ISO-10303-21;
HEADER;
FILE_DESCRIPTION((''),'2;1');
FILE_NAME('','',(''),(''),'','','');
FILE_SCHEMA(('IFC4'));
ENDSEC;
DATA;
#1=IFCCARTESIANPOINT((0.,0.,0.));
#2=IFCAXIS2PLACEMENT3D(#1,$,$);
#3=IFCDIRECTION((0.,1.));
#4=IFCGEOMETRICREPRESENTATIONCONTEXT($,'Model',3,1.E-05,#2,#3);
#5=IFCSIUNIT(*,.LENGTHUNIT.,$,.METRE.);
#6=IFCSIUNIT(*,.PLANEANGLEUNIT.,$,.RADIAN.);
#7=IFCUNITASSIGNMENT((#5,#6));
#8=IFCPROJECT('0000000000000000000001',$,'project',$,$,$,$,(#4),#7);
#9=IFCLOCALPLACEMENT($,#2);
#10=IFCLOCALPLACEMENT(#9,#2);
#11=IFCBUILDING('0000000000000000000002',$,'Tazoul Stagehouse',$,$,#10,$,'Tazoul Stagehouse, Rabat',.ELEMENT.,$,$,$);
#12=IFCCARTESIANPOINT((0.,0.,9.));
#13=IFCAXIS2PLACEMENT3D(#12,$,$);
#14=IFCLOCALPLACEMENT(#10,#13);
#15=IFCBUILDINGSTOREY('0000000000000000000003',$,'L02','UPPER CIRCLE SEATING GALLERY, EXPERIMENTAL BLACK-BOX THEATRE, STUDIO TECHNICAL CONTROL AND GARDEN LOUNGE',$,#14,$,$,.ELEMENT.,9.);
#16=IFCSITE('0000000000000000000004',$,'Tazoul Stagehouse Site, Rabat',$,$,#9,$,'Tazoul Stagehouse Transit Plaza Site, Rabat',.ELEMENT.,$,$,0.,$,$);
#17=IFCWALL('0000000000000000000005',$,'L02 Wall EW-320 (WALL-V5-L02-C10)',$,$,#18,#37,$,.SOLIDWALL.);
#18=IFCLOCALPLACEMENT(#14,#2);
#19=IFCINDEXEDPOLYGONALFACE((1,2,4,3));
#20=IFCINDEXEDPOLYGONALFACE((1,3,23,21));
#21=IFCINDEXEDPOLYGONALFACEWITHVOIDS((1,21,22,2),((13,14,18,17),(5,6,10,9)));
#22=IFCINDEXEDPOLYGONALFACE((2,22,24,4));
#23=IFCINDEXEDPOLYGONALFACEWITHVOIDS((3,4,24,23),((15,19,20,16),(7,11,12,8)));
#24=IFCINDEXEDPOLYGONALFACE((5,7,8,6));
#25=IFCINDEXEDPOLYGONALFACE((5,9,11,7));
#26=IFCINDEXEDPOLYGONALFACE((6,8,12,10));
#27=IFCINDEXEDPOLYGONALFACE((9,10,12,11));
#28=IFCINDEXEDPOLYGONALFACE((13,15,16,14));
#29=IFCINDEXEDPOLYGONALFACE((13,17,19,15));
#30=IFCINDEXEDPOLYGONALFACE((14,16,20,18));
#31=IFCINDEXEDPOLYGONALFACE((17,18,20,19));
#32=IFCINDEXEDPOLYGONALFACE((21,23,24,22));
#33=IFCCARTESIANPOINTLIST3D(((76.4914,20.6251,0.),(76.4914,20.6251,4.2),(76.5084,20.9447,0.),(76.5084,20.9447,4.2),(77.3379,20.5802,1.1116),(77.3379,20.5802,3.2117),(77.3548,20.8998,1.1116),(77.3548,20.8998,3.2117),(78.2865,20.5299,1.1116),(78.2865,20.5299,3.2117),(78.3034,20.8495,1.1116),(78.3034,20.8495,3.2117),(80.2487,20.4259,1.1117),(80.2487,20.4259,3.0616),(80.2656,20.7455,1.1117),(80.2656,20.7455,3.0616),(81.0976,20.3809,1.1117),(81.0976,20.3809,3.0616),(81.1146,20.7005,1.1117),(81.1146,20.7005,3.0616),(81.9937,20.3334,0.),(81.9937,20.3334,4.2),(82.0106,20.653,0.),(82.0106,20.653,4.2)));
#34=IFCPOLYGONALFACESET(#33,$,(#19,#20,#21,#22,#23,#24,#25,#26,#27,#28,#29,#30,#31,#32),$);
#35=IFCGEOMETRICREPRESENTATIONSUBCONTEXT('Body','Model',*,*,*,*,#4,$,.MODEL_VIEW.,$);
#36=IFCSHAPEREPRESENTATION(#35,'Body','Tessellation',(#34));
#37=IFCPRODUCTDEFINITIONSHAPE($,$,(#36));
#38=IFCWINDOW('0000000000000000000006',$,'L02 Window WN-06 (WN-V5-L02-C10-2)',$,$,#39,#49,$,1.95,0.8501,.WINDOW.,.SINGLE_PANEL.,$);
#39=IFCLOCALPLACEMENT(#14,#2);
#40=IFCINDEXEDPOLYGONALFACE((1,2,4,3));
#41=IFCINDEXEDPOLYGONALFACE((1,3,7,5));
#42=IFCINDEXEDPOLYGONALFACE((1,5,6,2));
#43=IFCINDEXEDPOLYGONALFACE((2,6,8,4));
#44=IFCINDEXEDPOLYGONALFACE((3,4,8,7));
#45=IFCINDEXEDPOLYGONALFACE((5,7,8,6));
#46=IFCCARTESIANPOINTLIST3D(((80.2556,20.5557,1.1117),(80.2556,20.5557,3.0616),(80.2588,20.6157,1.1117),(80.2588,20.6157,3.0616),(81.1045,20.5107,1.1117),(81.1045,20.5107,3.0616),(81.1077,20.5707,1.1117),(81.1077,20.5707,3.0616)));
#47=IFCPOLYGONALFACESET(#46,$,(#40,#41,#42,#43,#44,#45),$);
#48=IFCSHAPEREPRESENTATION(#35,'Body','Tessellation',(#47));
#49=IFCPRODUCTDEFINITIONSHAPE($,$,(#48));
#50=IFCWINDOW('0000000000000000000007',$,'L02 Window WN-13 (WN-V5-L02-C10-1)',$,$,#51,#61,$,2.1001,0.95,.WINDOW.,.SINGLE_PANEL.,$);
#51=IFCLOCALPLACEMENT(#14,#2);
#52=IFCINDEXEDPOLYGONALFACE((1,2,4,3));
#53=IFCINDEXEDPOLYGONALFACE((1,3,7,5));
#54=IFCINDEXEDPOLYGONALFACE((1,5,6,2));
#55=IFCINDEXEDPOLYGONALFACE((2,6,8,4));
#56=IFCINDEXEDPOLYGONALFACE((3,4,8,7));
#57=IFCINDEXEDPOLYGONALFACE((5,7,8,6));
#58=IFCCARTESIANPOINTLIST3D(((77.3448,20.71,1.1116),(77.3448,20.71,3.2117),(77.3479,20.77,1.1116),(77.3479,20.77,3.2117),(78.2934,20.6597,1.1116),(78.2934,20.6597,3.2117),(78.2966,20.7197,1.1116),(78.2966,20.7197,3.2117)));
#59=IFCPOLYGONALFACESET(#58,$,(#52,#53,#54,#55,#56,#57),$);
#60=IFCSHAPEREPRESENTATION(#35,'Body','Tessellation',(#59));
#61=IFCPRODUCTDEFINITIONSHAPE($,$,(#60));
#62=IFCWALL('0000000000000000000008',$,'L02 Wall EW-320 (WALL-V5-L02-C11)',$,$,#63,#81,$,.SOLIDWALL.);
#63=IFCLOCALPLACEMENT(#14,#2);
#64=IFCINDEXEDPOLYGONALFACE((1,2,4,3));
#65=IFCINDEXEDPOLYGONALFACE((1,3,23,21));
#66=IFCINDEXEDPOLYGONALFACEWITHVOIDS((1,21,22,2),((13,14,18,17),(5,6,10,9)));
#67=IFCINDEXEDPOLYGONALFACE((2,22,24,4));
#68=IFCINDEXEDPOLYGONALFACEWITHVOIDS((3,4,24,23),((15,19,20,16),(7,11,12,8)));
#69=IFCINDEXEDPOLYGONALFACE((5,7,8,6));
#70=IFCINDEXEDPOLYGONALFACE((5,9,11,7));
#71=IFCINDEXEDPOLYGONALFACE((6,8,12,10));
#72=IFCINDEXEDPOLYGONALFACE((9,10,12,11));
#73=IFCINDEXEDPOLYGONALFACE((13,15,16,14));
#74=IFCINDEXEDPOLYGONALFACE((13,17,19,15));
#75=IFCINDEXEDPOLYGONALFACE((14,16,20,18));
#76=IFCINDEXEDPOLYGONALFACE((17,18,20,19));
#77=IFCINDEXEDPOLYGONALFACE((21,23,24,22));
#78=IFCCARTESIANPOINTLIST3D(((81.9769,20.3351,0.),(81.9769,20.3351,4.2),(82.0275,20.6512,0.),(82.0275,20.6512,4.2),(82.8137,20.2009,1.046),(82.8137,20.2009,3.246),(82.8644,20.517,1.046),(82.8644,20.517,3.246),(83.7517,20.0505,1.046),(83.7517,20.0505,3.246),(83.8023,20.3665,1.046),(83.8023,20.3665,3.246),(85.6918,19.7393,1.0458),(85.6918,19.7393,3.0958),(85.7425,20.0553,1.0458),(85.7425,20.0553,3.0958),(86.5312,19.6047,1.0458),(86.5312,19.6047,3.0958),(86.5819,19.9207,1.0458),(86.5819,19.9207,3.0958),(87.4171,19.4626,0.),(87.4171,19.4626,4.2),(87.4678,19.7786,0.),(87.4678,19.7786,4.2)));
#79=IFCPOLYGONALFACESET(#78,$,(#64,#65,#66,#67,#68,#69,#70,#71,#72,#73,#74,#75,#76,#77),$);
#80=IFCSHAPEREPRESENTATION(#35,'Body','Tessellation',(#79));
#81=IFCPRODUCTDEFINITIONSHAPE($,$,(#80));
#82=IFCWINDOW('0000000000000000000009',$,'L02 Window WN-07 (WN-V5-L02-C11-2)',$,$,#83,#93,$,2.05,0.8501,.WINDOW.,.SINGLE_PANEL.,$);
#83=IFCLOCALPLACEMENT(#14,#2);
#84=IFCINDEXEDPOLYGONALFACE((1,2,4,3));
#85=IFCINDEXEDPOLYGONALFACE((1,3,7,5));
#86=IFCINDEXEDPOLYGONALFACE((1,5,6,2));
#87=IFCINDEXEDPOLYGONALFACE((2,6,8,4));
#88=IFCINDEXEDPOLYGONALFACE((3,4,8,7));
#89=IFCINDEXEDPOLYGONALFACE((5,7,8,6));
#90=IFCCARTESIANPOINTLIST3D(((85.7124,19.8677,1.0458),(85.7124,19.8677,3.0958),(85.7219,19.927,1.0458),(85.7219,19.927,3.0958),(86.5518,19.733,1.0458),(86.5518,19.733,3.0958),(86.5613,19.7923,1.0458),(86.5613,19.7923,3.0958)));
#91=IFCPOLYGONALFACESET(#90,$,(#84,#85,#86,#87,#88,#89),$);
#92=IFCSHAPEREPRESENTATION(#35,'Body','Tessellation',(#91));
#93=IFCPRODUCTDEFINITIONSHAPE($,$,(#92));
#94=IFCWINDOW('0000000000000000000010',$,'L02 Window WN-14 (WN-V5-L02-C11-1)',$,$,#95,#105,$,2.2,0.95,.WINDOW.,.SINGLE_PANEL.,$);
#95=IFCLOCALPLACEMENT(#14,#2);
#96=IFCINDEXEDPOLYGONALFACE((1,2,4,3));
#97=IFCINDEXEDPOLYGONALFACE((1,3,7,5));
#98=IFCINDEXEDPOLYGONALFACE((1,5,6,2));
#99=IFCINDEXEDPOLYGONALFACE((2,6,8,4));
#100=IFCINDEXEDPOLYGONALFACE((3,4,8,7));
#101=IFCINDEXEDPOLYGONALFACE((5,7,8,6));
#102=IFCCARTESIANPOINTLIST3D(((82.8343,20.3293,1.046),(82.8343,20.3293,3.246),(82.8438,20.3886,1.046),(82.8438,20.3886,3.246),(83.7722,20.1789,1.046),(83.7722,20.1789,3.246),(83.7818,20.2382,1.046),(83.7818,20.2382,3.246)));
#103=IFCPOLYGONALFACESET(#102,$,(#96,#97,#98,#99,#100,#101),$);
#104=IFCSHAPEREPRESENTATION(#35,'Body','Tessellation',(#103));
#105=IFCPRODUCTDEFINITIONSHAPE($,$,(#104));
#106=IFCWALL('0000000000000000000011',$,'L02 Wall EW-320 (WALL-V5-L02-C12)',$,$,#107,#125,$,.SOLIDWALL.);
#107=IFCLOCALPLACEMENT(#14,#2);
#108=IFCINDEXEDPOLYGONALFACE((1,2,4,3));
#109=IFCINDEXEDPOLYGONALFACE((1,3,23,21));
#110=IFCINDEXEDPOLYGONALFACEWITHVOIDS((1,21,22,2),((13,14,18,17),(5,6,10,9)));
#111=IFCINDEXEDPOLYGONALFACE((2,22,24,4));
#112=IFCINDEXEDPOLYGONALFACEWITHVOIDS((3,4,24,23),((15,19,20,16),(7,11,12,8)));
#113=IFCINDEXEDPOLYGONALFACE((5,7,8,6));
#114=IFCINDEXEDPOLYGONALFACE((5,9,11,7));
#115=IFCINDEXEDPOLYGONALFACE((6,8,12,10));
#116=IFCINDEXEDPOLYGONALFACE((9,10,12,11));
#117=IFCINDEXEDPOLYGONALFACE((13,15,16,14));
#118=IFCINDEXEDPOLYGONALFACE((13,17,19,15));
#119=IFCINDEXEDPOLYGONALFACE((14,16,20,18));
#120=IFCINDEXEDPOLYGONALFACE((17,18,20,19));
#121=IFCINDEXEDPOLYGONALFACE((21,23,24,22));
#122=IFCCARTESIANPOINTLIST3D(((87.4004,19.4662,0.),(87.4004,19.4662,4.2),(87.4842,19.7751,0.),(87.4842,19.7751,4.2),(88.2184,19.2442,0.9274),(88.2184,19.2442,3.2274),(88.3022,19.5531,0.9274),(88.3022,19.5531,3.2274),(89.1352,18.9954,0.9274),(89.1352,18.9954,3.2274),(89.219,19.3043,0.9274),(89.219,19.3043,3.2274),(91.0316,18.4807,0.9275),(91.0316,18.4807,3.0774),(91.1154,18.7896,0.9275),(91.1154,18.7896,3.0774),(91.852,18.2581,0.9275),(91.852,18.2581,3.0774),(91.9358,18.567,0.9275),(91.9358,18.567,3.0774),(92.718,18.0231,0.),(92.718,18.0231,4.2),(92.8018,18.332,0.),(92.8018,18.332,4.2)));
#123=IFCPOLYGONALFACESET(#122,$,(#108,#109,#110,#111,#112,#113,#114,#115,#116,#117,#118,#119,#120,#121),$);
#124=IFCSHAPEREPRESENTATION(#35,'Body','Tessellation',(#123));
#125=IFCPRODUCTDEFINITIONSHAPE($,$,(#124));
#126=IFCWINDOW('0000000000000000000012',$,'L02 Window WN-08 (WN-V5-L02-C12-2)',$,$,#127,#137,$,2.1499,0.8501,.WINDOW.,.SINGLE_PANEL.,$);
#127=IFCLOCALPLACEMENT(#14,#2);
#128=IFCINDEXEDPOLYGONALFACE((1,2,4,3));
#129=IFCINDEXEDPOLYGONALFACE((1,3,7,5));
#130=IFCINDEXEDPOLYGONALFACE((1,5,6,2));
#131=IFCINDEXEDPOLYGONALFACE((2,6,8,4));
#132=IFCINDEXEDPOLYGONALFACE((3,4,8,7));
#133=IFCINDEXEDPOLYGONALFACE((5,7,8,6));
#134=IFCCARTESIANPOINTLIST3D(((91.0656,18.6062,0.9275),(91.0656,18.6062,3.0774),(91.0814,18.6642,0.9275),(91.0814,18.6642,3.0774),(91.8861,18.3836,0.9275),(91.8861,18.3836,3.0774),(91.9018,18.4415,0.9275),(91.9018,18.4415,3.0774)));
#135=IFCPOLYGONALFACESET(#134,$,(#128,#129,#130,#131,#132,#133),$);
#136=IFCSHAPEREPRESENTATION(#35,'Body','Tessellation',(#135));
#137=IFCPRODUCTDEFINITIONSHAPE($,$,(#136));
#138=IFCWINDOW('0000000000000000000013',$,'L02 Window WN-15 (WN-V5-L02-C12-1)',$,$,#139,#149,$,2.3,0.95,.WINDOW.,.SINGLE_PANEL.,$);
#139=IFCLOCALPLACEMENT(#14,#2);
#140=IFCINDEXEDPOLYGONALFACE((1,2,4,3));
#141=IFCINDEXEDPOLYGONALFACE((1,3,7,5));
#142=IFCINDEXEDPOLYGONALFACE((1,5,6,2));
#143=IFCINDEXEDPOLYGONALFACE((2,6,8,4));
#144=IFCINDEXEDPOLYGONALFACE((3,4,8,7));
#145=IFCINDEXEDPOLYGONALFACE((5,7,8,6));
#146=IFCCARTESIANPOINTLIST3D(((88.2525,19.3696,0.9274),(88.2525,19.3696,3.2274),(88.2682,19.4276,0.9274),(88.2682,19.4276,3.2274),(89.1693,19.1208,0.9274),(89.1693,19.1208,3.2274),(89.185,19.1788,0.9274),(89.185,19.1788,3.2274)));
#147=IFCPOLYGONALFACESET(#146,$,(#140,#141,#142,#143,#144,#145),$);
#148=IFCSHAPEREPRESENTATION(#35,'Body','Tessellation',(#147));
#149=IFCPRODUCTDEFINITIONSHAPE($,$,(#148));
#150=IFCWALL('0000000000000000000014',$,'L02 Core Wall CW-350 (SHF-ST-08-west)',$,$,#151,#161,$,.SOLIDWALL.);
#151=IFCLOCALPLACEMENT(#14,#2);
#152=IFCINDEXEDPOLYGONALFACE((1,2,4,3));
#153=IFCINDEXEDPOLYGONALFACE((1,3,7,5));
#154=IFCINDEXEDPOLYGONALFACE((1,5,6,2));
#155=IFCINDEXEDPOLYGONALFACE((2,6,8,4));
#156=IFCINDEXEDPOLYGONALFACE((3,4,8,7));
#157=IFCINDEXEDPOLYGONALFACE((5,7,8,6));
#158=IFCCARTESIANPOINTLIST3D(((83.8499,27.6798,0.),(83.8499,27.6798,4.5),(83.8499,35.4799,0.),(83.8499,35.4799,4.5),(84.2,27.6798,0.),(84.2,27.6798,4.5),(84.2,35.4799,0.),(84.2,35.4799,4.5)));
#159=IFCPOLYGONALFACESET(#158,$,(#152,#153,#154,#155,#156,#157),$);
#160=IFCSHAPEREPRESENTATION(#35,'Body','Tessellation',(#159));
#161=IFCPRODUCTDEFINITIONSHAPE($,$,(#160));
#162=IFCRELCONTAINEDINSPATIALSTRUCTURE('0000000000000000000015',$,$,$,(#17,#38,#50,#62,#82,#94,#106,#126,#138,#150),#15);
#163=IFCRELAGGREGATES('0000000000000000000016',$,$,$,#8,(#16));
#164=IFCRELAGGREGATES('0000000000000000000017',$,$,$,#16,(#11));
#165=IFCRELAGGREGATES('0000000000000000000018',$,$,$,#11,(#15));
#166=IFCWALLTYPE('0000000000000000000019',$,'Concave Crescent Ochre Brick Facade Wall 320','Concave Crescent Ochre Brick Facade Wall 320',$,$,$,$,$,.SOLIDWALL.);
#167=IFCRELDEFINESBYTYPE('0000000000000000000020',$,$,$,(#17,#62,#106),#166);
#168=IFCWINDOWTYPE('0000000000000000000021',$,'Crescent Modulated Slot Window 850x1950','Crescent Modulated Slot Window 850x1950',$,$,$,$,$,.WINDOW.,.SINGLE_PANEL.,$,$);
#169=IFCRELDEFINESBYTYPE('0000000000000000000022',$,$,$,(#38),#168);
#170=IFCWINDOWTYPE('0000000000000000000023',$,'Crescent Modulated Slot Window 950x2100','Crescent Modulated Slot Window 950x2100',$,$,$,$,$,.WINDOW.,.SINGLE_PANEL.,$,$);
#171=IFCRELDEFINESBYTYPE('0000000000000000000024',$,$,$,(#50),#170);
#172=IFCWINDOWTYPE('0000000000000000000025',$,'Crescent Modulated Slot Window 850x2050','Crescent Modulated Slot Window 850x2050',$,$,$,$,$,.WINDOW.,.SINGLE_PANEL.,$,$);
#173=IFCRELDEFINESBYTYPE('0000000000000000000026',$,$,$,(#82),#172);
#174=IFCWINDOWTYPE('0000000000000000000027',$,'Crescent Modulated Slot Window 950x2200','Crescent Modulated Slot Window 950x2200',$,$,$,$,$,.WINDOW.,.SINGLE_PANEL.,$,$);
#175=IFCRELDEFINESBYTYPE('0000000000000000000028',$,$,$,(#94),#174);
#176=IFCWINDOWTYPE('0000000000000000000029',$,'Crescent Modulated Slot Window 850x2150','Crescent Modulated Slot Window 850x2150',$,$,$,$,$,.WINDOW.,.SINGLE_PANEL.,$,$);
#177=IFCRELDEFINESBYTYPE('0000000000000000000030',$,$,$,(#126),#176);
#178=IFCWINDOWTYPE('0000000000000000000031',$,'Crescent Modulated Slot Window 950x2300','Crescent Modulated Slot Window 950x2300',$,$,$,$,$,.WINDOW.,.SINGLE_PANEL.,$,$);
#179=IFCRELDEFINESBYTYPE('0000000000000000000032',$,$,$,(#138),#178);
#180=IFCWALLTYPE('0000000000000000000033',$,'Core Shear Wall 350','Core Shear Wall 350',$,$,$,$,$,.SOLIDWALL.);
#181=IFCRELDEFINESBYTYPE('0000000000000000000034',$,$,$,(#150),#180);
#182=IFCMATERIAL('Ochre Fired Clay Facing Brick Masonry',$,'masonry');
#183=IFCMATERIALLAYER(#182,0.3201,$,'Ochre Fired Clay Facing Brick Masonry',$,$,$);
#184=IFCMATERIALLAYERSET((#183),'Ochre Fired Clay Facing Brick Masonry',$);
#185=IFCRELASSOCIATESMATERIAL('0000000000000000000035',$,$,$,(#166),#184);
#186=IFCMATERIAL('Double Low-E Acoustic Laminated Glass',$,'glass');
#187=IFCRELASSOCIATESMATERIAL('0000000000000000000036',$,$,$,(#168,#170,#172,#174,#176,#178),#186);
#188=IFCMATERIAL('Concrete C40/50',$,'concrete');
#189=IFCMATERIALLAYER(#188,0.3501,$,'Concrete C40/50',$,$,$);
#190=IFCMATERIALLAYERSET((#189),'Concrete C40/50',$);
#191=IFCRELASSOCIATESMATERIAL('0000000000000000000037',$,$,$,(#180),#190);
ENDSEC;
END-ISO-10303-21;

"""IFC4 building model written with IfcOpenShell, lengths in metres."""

from ifc_helpers import new_model, si_unit, direction, frame, frame_2d, origin, place, context, subcontext, project, spatial, rectangle, extrude, material, layer, layer_set, type_object, element, fill, save


model = new_model("IFC4")

# Units and contexts
model_context = context("Model", 3, precision=1e-05, world=origin(), true_north=direction((0.0, 1.0)))
body_context = subcontext(model_context, "Body", "Model", "MODEL_VIEW")
ifc_project = project(units=[si_unit("LENGTHUNIT", "METRE"), si_unit("PLANEANGLEUNIT", "RADIAN")], contexts=[model_context])

# Site, building, storey
site_placement = place(None, origin())
site = spatial("IfcSite", under=ifc_project, at=site_placement, Name="Tazoul Stagehouse Site, Rabat", LongName="Tazoul Stagehouse Transit Plaza Site, Rabat", CompositionType="ELEMENT", RefElevation=0.0)
building_placement = place(site_placement, origin())
building = spatial("IfcBuilding", under=site, at=building_placement, Name="Tazoul Stagehouse", LongName="Tazoul Stagehouse, Rabat", CompositionType="ELEMENT")
storey_placement = place(building_placement, frame((0.0, 0.0, 9.0)))
storey = spatial("IfcBuildingStorey", under=building, at=storey_placement, Name="L02", Description="UPPER CIRCLE SEATING GALLERY, EXPERIMENTAL BLACK-BOX THEATRE, STUDIO TECHNICAL CONTROL AND GARDEN LOUNGE", CompositionType="ELEMENT", Elevation=9.0)

# Shared definitions
ifc_material_1 = material(Name="Concrete C40/50", Category="concrete")

# Walls, openings, windows
ifc_material_2 = material(Name="Ochre Fired Clay Facing Brick Masonry", Category="masonry")
ifc_layer_1 = layer(ifc_material_2, 0.3201, Name="Ochre Fired Clay Facing Brick Masonry")
ifc_layer_set_1 = layer_set([ifc_layer_1], Name="Ochre Fired Clay Facing Brick Masonry")
wall_type_1 = type_object("IfcWallType", Name="Concave Crescent Ochre Brick Facade Wall 320", Description="Concave Crescent Ochre Brick Facade Wall 320", PredefinedType="SOLIDWALL", material=ifc_layer_set_1)
wall_1_placement = place(storey_placement, frame((76.5, 20.7849, 0.0), z_axis=(0.0, 0.0, 1.0), x_axis=(0.998597, -0.05295, 0.0)))
wall_1 = element("IfcWall", 1, at=wall_1_placement, inside=storey, type_object=wall_type_1, Name="L02 Wall EW-320 (WALL-V5-L02-C10)", PredefinedType="SOLIDWALL", context=body_context, shape_type="SweptSolid", body=[
    extrude(rectangle(XDim=5.51, YDim=0.3201, at=frame_2d((2.7549, 0.0))), origin(), (0.0, 0.0, 1.0), 4.2),
])
opening_1_placement = place(wall_1_placement, frame((0.8474, 0.0, 1.1116)))
opening_1 = element("IfcOpeningElement", 2, at=opening_1_placement, cuts=wall_1, PredefinedType="OPENING", context=body_context, shape_type="SweptSolid", body=[
    extrude(rectangle(XDim=0.95, YDim=2.1001, at=frame_2d((0.4751, 1.05))), frame((0.0, 0.1799, 0.0), z_axis=(0.0, -1.0, 0.0), x_axis=(1.0, 0.0, 0.0)), (0.0, 0.0, 1.0), 0.3601),
])
opening_2_placement = place(wall_1_placement, frame((3.7625, 0.0, 1.1116)))
opening_2 = element("IfcOpeningElement", 3, at=opening_2_placement, cuts=wall_1, PredefinedType="OPENING", context=body_context, shape_type="SweptSolid", body=[
    extrude(rectangle(XDim=0.8501, YDim=1.95, at=frame_2d((0.425, 0.9751))), frame((0.0, 0.1799, 0.0), z_axis=(0.0, -1.0, 0.0), x_axis=(1.0, 0.0, 0.0)), (0.0, 0.0, 1.0), 0.3601),
])
ifc_material_3 = material(Name="Double Low-E Acoustic Laminated Glass", Category="glass")
window_type_1 = type_object("IfcWindowType", Name="Crescent Modulated Slot Window 850x1950", Description="Crescent Modulated Slot Window 850x1950", PartitioningType="SINGLE_PANEL", PredefinedType="WINDOW", material=ifc_material_3)
window_1_placement = place(opening_2_placement, origin())
window_1 = element("IfcWindow", 4, at=window_1_placement, inside=storey, type_object=window_type_1, Name="L02 Window WN-06 (WN-V5-L02-C10-2)", OverallHeight=1.95, OverallWidth=0.8501, PartitioningType="SINGLE_PANEL", PredefinedType="WINDOW", context=body_context, shape_type="SweptSolid", body=[
    extrude(rectangle(XDim=0.8501, YDim=1.95, at=frame_2d((0.425, 0.9751))), frame((0.0, 0.03, 0.0), z_axis=(0.0, -1.0, 0.0), x_axis=(1.0, 0.0, 0.0)), (0.0, 0.0, 1.0), 0.0601),
])
fill(opening_2, window_1)
window_type_2 = type_object("IfcWindowType", Name="Crescent Modulated Slot Window 950x2100", Description="Crescent Modulated Slot Window 950x2100", PartitioningType="SINGLE_PANEL", PredefinedType="WINDOW", material=ifc_material_3)
window_2_placement = place(opening_1_placement, origin())
window_2 = element("IfcWindow", 5, at=window_2_placement, inside=storey, type_object=window_type_2, Name="L02 Window WN-13 (WN-V5-L02-C10-1)", OverallHeight=2.1001, OverallWidth=0.95, PartitioningType="SINGLE_PANEL", PredefinedType="WINDOW", context=body_context, shape_type="SweptSolid", body=[
    extrude(rectangle(XDim=0.95, YDim=2.1001, at=frame_2d((0.4751, 1.05))), frame((0.0, 0.03, 0.0), z_axis=(0.0, -1.0, 0.0), x_axis=(1.0, 0.0, 0.0)), (0.0, 0.0, 1.0), 0.0601),
])
fill(opening_1, window_2)
wall_2_placement = place(storey_placement, frame((82.0022, 20.4932, 0.0), z_axis=(0.0, 0.0, 1.0), x_axis=(0.98738, -0.158367, 0.0)))
wall_2 = element("IfcWall", 6, at=wall_2_placement, inside=storey, type_object=wall_type_1, Name="L02 Wall EW-320 (WALL-V5-L02-C11)", PredefinedType="SOLIDWALL", context=body_context, shape_type="SweptSolid", body=[
    extrude(rectangle(XDim=5.5098, YDim=0.3201, at=frame_2d((2.7549, 0.0))), origin(), (0.0, 0.0, 1.0), 4.2),
])
opening_3_placement = place(wall_2_placement, frame((0.8474, 0.0, 1.0459)))
opening_3 = element("IfcOpeningElement", 7, at=opening_3_placement, cuts=wall_2, PredefinedType="OPENING", context=body_context, shape_type="SweptSolid", body=[
    extrude(rectangle(XDim=0.95, YDim=2.2, at=frame_2d((0.4751, 1.1001))), frame((0.0, 0.1799, 0.0), z_axis=(0.0, -1.0, 0.0), x_axis=(1.0, 0.0, 0.0)), (0.0, 0.0, 1.0), 0.3601),
])
opening_4_placement = place(wall_2_placement, frame((3.7625, 0.0, 1.0459)))
opening_4 = element("IfcOpeningElement", 8, at=opening_4_placement, cuts=wall_2, PredefinedType="OPENING", context=body_context, shape_type="SweptSolid", body=[
    extrude(rectangle(XDim=0.8501, YDim=2.05, at=frame_2d((0.425, 1.0249))), frame((0.0, 0.1799, 0.0), z_axis=(0.0, -1.0, 0.0), x_axis=(1.0, 0.0, 0.0)), (0.0, 0.0, 1.0), 0.3601),
])
window_type_3 = type_object("IfcWindowType", Name="Crescent Modulated Slot Window 850x2050", Description="Crescent Modulated Slot Window 850x2050", PartitioningType="SINGLE_PANEL", PredefinedType="WINDOW", material=ifc_material_3)
window_3_placement = place(opening_4_placement, origin())
window_3 = element("IfcWindow", 9, at=window_3_placement, inside=storey, type_object=window_type_3, Name="L02 Window WN-07 (WN-V5-L02-C11-2)", OverallHeight=2.05, OverallWidth=0.8501, PartitioningType="SINGLE_PANEL", PredefinedType="WINDOW", context=body_context, shape_type="SweptSolid", body=[
    extrude(rectangle(XDim=0.8501, YDim=2.05, at=frame_2d((0.425, 1.0249))), frame((0.0, 0.03, 0.0), z_axis=(0.0, -1.0, 0.0), x_axis=(1.0, 0.0, 0.0)), (0.0, 0.0, 1.0), 0.0601),
])
fill(opening_4, window_3)
window_type_4 = type_object("IfcWindowType", Name="Crescent Modulated Slot Window 950x2200", Description="Crescent Modulated Slot Window 950x2200", PartitioningType="SINGLE_PANEL", PredefinedType="WINDOW", material=ifc_material_3)
window_4_placement = place(opening_3_placement, origin())
window_4 = element("IfcWindow", 10, at=window_4_placement, inside=storey, type_object=window_type_4, Name="L02 Window WN-14 (WN-V5-L02-C11-1)", OverallHeight=2.2, OverallWidth=0.95, PartitioningType="SINGLE_PANEL", PredefinedType="WINDOW", context=body_context, shape_type="SweptSolid", body=[
    extrude(rectangle(XDim=0.95, YDim=2.2, at=frame_2d((0.4751, 1.1001))), frame((0.0, 0.03, 0.0), z_axis=(0.0, -1.0, 0.0), x_axis=(1.0, 0.0, 0.0)), (0.0, 0.0, 1.0), 0.0601),
])
fill(opening_3, window_4)
wall_3_placement = place(storey_placement, frame((87.4424, 19.6206, 0.0), z_axis=(0.0, 0.0, 1.0), x_axis=(0.965092, -0.26191, 0.0)))
wall_3 = element("IfcWall", 11, at=wall_3_placement, inside=storey, type_object=wall_type_1, Name="L02 Wall EW-320 (WALL-V5-L02-C12)", PredefinedType="SOLIDWALL", context=body_context, shape_type="SweptSolid", body=[
    extrude(rectangle(XDim=5.51, YDim=0.3201, at=frame_2d((2.7549, 0.0))), origin(), (0.0, 0.0, 1.0), 4.2),
])
opening_5_placement = place(wall_3_placement, frame((0.8474, 0.0, 0.9275)))
opening_5 = element("IfcOpeningElement", 12, at=opening_5_placement, cuts=wall_3, PredefinedType="OPENING", context=body_context, shape_type="SweptSolid", body=[
    extrude(rectangle(XDim=0.95, YDim=2.3, at=frame_2d((0.4751, 1.1499))), frame((0.0, 0.1799, 0.0), z_axis=(0.0, -1.0, 0.0), x_axis=(1.0, 0.0, 0.0)), (0.0, 0.0, 1.0), 0.3601),
])
opening_6_placement = place(wall_3_placement, frame((3.7625, 0.0, 0.9275)))
opening_6 = element("IfcOpeningElement", 13, at=opening_6_placement, cuts=wall_3, PredefinedType="OPENING", context=body_context, shape_type="SweptSolid", body=[
    extrude(rectangle(XDim=0.8501, YDim=2.1499, at=frame_2d((0.425, 1.075))), frame((0.0, 0.1799, 0.0), z_axis=(0.0, -1.0, 0.0), x_axis=(1.0, 0.0, 0.0)), (0.0, 0.0, 1.0), 0.3601),
])
window_type_5 = type_object("IfcWindowType", Name="Crescent Modulated Slot Window 850x2150", Description="Crescent Modulated Slot Window 850x2150", PartitioningType="SINGLE_PANEL", PredefinedType="WINDOW", material=ifc_material_3)
window_5_placement = place(opening_6_placement, origin())
window_5 = element("IfcWindow", 14, at=window_5_placement, inside=storey, type_object=window_type_5, Name="L02 Window WN-08 (WN-V5-L02-C12-2)", OverallHeight=2.1499, OverallWidth=0.8501, PartitioningType="SINGLE_PANEL", PredefinedType="WINDOW", context=body_context, shape_type="SweptSolid", body=[
    extrude(rectangle(XDim=0.8501, YDim=2.1499, at=frame_2d((0.425, 1.075))), frame((0.0, 0.03, 0.0), z_axis=(0.0, -1.0, 0.0), x_axis=(1.0, 0.0, 0.0)), (0.0, 0.0, 1.0), 0.0601),
])
fill(opening_6, window_5)
window_type_6 = type_object("IfcWindowType", Name="Crescent Modulated Slot Window 950x2300", Description="Crescent Modulated Slot Window 950x2300", PartitioningType="SINGLE_PANEL", PredefinedType="WINDOW", material=ifc_material_3)
window_6_placement = place(opening_5_placement, origin())
window_6 = element("IfcWindow", 15, at=window_6_placement, inside=storey, type_object=window_type_6, Name="L02 Window WN-15 (WN-V5-L02-C12-1)", OverallHeight=2.3, OverallWidth=0.95, PartitioningType="SINGLE_PANEL", PredefinedType="WINDOW", context=body_context, shape_type="SweptSolid", body=[
    extrude(rectangle(XDim=0.95, YDim=2.3, at=frame_2d((0.4751, 1.1499))), frame((0.0, 0.03, 0.0), z_axis=(0.0, -1.0, 0.0), x_axis=(1.0, 0.0, 0.0)), (0.0, 0.0, 1.0), 0.0601),
])
fill(opening_5, window_6)

# Shared definitions
ifc_layer_2 = layer(ifc_material_1, 0.3501, Name="Concrete C40/50")
ifc_layer_set_2 = layer_set([ifc_layer_2], Name="Concrete C40/50")
wall_type_2 = type_object("IfcWallType", Name="Core Shear Wall 350", Description="Core Shear Wall 350", PredefinedType="SOLIDWALL", material=ifc_layer_set_2)

# Wall
wall_4_placement = place(storey_placement, frame((84.0249, 27.6799, 0.0), z_axis=(0.0, 0.0, 1.0), x_axis=(0.0, 1.0, 0.0)))
element("IfcWall", 16, at=wall_4_placement, inside=storey, type_object=wall_type_2, Name="L02 Core Wall CW-350 (SHF-ST-08-west)", PredefinedType="SOLIDWALL", context=body_context, shape_type="SweptSolid", body=[
    extrude(rectangle(XDim=7.8, YDim=0.3501, at=frame_2d((3.8999, 0.0))), origin(), (0.0, 0.0, 1.0), 4.5),
])

save(model, "model.ifc")
